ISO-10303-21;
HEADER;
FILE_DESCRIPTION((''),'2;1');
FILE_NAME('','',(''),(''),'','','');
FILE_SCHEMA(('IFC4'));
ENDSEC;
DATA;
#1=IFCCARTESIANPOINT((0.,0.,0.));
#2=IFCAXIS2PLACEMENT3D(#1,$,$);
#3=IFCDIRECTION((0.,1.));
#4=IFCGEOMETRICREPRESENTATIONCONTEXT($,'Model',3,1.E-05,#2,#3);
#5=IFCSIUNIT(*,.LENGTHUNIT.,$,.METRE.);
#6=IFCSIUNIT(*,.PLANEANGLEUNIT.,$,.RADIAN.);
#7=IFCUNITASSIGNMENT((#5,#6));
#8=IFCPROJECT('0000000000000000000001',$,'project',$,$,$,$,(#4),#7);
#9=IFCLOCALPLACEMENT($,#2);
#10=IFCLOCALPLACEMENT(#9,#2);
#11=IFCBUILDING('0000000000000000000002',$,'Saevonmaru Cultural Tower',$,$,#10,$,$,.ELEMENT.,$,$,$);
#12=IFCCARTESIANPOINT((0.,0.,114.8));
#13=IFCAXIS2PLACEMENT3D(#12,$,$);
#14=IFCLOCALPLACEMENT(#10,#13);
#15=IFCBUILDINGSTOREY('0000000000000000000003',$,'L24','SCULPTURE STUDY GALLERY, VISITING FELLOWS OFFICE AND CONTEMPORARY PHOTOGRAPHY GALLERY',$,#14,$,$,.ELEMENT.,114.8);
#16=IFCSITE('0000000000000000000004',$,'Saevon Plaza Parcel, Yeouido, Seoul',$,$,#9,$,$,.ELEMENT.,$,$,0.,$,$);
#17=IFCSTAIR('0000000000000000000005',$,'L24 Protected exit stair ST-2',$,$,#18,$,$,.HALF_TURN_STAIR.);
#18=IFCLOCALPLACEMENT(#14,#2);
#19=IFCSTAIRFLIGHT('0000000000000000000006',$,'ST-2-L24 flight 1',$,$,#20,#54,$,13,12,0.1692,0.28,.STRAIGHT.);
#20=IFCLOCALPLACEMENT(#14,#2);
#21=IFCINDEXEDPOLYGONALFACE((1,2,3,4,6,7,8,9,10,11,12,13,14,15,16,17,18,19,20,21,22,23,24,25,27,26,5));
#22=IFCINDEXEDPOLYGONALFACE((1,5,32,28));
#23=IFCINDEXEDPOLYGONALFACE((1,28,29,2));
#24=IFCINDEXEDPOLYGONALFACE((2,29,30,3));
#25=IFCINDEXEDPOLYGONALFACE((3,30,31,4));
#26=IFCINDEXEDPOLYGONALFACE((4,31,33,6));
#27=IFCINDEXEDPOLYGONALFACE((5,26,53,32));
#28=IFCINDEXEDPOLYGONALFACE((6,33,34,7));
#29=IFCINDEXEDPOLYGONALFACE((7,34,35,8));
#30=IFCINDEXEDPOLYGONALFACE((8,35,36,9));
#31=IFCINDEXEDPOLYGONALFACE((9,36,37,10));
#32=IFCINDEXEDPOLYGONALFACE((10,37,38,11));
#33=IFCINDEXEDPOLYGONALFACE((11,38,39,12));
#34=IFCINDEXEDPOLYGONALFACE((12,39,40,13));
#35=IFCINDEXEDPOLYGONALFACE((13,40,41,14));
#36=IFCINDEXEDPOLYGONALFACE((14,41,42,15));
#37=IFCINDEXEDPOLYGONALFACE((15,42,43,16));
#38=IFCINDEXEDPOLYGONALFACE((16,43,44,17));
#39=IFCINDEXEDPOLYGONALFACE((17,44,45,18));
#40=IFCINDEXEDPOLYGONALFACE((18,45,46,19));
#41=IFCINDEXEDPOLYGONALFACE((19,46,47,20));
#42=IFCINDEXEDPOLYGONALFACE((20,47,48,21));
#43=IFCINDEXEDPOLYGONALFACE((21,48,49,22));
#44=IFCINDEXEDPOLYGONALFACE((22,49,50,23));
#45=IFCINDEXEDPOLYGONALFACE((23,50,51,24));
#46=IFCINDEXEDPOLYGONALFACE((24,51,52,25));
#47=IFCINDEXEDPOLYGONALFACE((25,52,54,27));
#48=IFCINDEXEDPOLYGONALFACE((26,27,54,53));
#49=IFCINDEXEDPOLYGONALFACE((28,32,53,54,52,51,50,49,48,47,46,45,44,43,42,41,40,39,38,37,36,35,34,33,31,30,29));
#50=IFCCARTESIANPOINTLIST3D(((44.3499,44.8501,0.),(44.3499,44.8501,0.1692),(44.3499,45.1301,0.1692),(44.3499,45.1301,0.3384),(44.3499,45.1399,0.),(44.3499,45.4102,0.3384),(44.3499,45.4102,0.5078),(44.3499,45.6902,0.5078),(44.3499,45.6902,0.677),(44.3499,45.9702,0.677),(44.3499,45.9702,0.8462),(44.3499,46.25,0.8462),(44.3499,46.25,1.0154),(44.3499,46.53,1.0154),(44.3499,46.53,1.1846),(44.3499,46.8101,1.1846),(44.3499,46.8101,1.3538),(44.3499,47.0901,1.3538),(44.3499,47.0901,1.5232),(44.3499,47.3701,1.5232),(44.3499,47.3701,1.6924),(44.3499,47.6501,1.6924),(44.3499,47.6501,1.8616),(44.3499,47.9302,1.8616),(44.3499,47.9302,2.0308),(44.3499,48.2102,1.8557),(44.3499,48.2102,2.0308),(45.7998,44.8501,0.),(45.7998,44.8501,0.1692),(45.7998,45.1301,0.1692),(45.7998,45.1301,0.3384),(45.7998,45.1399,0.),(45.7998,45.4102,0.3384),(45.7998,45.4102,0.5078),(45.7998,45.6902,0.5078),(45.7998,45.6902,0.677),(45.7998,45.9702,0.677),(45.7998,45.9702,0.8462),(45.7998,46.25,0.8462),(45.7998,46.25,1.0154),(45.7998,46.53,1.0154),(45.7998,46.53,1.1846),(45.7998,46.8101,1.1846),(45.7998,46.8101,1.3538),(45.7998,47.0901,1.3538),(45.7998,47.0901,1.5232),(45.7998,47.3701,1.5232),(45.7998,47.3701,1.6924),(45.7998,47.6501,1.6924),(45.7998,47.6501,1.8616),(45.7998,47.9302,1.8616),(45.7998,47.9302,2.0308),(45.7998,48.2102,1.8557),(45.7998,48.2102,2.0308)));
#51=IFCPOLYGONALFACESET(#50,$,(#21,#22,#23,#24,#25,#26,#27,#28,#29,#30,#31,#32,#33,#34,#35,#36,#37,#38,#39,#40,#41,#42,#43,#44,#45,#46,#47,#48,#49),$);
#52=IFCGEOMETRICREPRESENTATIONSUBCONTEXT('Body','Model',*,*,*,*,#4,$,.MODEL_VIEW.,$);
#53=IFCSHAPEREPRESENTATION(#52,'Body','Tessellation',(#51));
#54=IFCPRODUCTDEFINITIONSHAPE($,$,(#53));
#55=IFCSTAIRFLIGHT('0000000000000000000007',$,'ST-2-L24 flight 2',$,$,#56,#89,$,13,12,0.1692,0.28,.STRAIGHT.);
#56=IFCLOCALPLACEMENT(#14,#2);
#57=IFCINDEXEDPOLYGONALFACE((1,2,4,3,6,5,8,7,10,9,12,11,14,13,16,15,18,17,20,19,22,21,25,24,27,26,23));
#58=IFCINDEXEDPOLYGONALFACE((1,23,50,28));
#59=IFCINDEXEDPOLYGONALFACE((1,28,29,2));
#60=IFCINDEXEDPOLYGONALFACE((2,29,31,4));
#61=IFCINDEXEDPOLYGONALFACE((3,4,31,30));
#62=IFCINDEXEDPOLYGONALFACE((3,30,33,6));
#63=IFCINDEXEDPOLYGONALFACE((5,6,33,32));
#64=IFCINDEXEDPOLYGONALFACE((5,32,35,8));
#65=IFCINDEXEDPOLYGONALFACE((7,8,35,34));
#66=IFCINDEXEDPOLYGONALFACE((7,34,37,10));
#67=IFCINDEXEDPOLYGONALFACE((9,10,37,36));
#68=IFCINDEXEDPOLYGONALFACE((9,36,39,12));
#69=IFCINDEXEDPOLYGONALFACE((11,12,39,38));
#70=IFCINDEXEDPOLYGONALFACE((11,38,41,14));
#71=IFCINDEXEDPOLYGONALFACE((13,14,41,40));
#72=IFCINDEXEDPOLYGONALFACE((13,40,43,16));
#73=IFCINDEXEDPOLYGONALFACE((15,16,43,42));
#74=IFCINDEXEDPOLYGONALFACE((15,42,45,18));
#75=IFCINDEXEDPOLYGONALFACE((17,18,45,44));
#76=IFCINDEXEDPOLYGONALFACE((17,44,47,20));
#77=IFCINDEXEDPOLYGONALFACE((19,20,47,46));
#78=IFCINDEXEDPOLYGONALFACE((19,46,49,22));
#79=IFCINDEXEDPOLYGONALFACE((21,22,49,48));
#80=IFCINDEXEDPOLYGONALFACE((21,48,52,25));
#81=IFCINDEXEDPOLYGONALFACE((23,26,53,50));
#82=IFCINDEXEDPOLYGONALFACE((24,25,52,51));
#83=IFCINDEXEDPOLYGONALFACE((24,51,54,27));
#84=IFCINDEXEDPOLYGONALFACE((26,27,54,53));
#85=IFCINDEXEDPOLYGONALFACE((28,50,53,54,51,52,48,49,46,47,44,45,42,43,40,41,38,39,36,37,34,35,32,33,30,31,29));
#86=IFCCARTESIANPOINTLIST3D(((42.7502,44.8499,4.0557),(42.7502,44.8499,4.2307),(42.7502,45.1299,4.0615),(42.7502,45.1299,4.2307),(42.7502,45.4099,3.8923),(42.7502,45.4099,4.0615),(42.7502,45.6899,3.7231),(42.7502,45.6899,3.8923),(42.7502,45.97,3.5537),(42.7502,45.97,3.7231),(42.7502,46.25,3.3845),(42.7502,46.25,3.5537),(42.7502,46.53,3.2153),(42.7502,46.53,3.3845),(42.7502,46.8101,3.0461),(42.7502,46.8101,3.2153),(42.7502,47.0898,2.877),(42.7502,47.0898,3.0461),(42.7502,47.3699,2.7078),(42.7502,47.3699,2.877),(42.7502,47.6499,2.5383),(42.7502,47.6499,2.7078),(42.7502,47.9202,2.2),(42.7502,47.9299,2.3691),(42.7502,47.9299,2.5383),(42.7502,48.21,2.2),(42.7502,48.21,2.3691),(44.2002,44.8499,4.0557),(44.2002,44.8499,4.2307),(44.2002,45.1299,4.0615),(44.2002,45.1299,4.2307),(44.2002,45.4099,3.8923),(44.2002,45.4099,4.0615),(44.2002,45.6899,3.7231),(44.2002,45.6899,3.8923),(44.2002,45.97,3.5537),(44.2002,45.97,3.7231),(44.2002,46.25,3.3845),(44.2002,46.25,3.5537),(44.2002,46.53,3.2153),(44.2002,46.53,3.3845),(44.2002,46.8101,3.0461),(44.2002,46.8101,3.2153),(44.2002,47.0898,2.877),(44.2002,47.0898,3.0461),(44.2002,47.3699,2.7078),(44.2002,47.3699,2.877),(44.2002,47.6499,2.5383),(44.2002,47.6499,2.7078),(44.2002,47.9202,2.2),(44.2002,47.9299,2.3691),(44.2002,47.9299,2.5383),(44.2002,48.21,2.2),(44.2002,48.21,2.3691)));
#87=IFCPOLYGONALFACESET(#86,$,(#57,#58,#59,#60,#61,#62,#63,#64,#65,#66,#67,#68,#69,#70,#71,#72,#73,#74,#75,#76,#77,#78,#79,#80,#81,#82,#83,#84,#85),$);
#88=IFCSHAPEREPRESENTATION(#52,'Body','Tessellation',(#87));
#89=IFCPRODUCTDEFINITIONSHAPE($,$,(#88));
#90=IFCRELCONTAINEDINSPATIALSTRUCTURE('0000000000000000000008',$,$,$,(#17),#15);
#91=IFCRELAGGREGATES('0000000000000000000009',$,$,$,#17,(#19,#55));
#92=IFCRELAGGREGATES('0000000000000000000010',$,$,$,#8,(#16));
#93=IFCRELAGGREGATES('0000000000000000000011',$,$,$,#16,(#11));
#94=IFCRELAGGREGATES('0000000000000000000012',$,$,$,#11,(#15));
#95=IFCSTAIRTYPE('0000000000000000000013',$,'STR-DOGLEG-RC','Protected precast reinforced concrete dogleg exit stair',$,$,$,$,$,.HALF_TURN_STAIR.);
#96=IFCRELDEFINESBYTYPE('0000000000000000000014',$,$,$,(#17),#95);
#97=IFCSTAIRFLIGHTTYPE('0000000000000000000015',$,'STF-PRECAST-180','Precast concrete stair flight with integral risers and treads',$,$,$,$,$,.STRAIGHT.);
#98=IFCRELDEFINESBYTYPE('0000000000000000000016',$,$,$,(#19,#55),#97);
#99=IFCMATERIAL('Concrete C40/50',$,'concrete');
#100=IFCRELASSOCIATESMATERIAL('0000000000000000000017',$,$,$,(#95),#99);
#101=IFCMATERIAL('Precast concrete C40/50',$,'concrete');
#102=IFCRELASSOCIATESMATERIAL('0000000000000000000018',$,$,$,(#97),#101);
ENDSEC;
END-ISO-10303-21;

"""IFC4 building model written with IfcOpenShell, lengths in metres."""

from ifc_helpers import new_model, si_unit, direction, frame, origin, place, context, subcontext, project, spatial, polyline, outline, extrude, material, type_object, element, aggregate, save


model = new_model("IFC4")

# Units and contexts
model_context = context("Model", 3, precision=1e-05, world=origin(), true_north=direction((0.0, 1.0)))
body_context = subcontext(model_context, "Body", "Model", "MODEL_VIEW")
ifc_project = project(units=[si_unit("LENGTHUNIT", "METRE"), si_unit("PLANEANGLEUNIT", "RADIAN")], contexts=[model_context])

# Site, building, storey
site_placement = place(None, origin())
site = spatial("IfcSite", under=ifc_project, at=site_placement, Name="Saevon Plaza Parcel, Yeouido, Seoul", CompositionType="ELEMENT", RefElevation=0.0)
building_placement = place(site_placement, origin())
building = spatial("IfcBuilding", under=site, at=building_placement, Name="Saevonmaru Cultural Tower", CompositionType="ELEMENT")
storey_placement = place(building_placement, frame((0.0, 0.0, 114.8)))
storey = spatial("IfcBuildingStorey", under=building, at=storey_placement, Name="L24", Description="SCULPTURE STUDY GALLERY, VISITING FELLOWS OFFICE AND CONTEMPORARY PHOTOGRAPHY GALLERY", CompositionType="ELEMENT", Elevation=114.8)

# Stair, stair flights
ifc_material_1 = material(Name="Concrete C40/50", Category="concrete")
stair_type = type_object("IfcStairType", Name="STR-DOGLEG-RC", Description="Protected precast reinforced concrete dogleg exit stair", PredefinedType="HALF_TURN_STAIR", material=ifc_material_1)
stair_placement = place(storey_placement, origin())
stair = element("IfcStair", 1, at=stair_placement, inside=storey, type_object=stair_type, Name="L24 Protected exit stair ST-2", PredefinedType="HALF_TURN_STAIR")
ifc_material_2 = material(Name="Precast concrete C40/50", Category="concrete")
stair_flight_type = type_object("IfcStairFlightType", Name="STF-PRECAST-180", Description="Precast concrete stair flight with integral risers and treads", PredefinedType="STRAIGHT", material=ifc_material_2)
stair_flight_1_placement = place(storey_placement, frame((45.075, 44.8501, 0.0), z_axis=(0.0, 0.0, 1.0), x_axis=(0.0, 1.0, 0.0)))
stair_flight_1 = element("IfcStairFlight", 2, at=stair_flight_1_placement, type_object=stair_flight_type, Name="ST-2-L24 flight 1", NumberOfRisers=13, NumberOfTreads=12, PredefinedType="STRAIGHT", RiserHeight=0.1692, TreadLength=0.28, context=body_context, shape_type="SweptSolid", body=[
    extrude(outline(polyline([(0.0, 0.0), (0.0, 0.1692), (0.28, 0.1692), (0.28, 0.3384), (0.5601, 0.3384), (0.5601, 0.5078), (0.8401, 0.5078), (0.8401, 0.677), (1.1201, 0.677), (1.1201, 0.8462), (1.3999, 0.8462), (1.3999, 1.0154), (1.6799, 1.0154), (1.6799, 1.1846), (1.96, 1.1846), (1.96, 1.3538), (2.24, 1.3538), (2.24, 1.5232), (2.52, 1.5232), (2.52, 1.6924), (2.8, 1.6924), (2.8, 1.8616), (3.0801, 1.8616), (3.0801, 2.0308), (3.3601, 2.0308), (3.3601, 2.2), (3.3601, 1.8557), (0.2898, 0.0), (0.0, 0.0)])), frame((0.0, 0.7251, 0.0), z_axis=(0.0, -1.0, 0.0), x_axis=(1.0, 0.0, 0.0)), (0.0, 0.0, 1.0), 1.45),
])
stair_flight_2_placement = place(storey_placement, frame((43.4751, 48.21, 2.2), z_axis=(0.0, 0.0, 1.0), x_axis=(0.0, -1.0, 0.0)))
stair_flight_2 = element("IfcStairFlight", 3, at=stair_flight_2_placement, type_object=stair_flight_type, Name="ST-2-L24 flight 2", NumberOfRisers=13, NumberOfTreads=12, PredefinedType="STRAIGHT", RiserHeight=0.1692, TreadLength=0.28, context=body_context, shape_type="SweptSolid", body=[
    extrude(outline(polyline([(0.0, 0.0), (0.0, 0.1692), (0.28, 0.1692), (0.28, 0.3384), (0.5601, 0.3384), (0.5601, 0.5078), (0.8401, 0.5078), (0.8401, 0.677), (1.1201, 0.677), (1.1201, 0.8462), (1.3999, 0.8462), (1.3999, 1.0154), (1.6799, 1.0154), (1.6799, 1.1846), (1.96, 1.1846), (1.96, 1.3538), (2.24, 1.3538), (2.24, 1.5232), (2.52, 1.5232), (2.52, 1.6924), (2.8, 1.6924), (2.8, 1.8616), (3.0801, 1.8616), (3.0801, 2.0308), (3.3601, 2.0308), (3.3601, 2.2), (3.3601, 1.8557), (0.2898, 0.0), (0.0, 0.0)])), frame((0.0, 0.7251, 0.0), z_axis=(0.0, -1.0, 0.0), x_axis=(1.0, 0.0, 0.0)), (0.0, 0.0, 1.0), 1.45),
])
aggregate(stair, [stair_flight_1, stair_flight_2])

save(model, "model.ifc")
